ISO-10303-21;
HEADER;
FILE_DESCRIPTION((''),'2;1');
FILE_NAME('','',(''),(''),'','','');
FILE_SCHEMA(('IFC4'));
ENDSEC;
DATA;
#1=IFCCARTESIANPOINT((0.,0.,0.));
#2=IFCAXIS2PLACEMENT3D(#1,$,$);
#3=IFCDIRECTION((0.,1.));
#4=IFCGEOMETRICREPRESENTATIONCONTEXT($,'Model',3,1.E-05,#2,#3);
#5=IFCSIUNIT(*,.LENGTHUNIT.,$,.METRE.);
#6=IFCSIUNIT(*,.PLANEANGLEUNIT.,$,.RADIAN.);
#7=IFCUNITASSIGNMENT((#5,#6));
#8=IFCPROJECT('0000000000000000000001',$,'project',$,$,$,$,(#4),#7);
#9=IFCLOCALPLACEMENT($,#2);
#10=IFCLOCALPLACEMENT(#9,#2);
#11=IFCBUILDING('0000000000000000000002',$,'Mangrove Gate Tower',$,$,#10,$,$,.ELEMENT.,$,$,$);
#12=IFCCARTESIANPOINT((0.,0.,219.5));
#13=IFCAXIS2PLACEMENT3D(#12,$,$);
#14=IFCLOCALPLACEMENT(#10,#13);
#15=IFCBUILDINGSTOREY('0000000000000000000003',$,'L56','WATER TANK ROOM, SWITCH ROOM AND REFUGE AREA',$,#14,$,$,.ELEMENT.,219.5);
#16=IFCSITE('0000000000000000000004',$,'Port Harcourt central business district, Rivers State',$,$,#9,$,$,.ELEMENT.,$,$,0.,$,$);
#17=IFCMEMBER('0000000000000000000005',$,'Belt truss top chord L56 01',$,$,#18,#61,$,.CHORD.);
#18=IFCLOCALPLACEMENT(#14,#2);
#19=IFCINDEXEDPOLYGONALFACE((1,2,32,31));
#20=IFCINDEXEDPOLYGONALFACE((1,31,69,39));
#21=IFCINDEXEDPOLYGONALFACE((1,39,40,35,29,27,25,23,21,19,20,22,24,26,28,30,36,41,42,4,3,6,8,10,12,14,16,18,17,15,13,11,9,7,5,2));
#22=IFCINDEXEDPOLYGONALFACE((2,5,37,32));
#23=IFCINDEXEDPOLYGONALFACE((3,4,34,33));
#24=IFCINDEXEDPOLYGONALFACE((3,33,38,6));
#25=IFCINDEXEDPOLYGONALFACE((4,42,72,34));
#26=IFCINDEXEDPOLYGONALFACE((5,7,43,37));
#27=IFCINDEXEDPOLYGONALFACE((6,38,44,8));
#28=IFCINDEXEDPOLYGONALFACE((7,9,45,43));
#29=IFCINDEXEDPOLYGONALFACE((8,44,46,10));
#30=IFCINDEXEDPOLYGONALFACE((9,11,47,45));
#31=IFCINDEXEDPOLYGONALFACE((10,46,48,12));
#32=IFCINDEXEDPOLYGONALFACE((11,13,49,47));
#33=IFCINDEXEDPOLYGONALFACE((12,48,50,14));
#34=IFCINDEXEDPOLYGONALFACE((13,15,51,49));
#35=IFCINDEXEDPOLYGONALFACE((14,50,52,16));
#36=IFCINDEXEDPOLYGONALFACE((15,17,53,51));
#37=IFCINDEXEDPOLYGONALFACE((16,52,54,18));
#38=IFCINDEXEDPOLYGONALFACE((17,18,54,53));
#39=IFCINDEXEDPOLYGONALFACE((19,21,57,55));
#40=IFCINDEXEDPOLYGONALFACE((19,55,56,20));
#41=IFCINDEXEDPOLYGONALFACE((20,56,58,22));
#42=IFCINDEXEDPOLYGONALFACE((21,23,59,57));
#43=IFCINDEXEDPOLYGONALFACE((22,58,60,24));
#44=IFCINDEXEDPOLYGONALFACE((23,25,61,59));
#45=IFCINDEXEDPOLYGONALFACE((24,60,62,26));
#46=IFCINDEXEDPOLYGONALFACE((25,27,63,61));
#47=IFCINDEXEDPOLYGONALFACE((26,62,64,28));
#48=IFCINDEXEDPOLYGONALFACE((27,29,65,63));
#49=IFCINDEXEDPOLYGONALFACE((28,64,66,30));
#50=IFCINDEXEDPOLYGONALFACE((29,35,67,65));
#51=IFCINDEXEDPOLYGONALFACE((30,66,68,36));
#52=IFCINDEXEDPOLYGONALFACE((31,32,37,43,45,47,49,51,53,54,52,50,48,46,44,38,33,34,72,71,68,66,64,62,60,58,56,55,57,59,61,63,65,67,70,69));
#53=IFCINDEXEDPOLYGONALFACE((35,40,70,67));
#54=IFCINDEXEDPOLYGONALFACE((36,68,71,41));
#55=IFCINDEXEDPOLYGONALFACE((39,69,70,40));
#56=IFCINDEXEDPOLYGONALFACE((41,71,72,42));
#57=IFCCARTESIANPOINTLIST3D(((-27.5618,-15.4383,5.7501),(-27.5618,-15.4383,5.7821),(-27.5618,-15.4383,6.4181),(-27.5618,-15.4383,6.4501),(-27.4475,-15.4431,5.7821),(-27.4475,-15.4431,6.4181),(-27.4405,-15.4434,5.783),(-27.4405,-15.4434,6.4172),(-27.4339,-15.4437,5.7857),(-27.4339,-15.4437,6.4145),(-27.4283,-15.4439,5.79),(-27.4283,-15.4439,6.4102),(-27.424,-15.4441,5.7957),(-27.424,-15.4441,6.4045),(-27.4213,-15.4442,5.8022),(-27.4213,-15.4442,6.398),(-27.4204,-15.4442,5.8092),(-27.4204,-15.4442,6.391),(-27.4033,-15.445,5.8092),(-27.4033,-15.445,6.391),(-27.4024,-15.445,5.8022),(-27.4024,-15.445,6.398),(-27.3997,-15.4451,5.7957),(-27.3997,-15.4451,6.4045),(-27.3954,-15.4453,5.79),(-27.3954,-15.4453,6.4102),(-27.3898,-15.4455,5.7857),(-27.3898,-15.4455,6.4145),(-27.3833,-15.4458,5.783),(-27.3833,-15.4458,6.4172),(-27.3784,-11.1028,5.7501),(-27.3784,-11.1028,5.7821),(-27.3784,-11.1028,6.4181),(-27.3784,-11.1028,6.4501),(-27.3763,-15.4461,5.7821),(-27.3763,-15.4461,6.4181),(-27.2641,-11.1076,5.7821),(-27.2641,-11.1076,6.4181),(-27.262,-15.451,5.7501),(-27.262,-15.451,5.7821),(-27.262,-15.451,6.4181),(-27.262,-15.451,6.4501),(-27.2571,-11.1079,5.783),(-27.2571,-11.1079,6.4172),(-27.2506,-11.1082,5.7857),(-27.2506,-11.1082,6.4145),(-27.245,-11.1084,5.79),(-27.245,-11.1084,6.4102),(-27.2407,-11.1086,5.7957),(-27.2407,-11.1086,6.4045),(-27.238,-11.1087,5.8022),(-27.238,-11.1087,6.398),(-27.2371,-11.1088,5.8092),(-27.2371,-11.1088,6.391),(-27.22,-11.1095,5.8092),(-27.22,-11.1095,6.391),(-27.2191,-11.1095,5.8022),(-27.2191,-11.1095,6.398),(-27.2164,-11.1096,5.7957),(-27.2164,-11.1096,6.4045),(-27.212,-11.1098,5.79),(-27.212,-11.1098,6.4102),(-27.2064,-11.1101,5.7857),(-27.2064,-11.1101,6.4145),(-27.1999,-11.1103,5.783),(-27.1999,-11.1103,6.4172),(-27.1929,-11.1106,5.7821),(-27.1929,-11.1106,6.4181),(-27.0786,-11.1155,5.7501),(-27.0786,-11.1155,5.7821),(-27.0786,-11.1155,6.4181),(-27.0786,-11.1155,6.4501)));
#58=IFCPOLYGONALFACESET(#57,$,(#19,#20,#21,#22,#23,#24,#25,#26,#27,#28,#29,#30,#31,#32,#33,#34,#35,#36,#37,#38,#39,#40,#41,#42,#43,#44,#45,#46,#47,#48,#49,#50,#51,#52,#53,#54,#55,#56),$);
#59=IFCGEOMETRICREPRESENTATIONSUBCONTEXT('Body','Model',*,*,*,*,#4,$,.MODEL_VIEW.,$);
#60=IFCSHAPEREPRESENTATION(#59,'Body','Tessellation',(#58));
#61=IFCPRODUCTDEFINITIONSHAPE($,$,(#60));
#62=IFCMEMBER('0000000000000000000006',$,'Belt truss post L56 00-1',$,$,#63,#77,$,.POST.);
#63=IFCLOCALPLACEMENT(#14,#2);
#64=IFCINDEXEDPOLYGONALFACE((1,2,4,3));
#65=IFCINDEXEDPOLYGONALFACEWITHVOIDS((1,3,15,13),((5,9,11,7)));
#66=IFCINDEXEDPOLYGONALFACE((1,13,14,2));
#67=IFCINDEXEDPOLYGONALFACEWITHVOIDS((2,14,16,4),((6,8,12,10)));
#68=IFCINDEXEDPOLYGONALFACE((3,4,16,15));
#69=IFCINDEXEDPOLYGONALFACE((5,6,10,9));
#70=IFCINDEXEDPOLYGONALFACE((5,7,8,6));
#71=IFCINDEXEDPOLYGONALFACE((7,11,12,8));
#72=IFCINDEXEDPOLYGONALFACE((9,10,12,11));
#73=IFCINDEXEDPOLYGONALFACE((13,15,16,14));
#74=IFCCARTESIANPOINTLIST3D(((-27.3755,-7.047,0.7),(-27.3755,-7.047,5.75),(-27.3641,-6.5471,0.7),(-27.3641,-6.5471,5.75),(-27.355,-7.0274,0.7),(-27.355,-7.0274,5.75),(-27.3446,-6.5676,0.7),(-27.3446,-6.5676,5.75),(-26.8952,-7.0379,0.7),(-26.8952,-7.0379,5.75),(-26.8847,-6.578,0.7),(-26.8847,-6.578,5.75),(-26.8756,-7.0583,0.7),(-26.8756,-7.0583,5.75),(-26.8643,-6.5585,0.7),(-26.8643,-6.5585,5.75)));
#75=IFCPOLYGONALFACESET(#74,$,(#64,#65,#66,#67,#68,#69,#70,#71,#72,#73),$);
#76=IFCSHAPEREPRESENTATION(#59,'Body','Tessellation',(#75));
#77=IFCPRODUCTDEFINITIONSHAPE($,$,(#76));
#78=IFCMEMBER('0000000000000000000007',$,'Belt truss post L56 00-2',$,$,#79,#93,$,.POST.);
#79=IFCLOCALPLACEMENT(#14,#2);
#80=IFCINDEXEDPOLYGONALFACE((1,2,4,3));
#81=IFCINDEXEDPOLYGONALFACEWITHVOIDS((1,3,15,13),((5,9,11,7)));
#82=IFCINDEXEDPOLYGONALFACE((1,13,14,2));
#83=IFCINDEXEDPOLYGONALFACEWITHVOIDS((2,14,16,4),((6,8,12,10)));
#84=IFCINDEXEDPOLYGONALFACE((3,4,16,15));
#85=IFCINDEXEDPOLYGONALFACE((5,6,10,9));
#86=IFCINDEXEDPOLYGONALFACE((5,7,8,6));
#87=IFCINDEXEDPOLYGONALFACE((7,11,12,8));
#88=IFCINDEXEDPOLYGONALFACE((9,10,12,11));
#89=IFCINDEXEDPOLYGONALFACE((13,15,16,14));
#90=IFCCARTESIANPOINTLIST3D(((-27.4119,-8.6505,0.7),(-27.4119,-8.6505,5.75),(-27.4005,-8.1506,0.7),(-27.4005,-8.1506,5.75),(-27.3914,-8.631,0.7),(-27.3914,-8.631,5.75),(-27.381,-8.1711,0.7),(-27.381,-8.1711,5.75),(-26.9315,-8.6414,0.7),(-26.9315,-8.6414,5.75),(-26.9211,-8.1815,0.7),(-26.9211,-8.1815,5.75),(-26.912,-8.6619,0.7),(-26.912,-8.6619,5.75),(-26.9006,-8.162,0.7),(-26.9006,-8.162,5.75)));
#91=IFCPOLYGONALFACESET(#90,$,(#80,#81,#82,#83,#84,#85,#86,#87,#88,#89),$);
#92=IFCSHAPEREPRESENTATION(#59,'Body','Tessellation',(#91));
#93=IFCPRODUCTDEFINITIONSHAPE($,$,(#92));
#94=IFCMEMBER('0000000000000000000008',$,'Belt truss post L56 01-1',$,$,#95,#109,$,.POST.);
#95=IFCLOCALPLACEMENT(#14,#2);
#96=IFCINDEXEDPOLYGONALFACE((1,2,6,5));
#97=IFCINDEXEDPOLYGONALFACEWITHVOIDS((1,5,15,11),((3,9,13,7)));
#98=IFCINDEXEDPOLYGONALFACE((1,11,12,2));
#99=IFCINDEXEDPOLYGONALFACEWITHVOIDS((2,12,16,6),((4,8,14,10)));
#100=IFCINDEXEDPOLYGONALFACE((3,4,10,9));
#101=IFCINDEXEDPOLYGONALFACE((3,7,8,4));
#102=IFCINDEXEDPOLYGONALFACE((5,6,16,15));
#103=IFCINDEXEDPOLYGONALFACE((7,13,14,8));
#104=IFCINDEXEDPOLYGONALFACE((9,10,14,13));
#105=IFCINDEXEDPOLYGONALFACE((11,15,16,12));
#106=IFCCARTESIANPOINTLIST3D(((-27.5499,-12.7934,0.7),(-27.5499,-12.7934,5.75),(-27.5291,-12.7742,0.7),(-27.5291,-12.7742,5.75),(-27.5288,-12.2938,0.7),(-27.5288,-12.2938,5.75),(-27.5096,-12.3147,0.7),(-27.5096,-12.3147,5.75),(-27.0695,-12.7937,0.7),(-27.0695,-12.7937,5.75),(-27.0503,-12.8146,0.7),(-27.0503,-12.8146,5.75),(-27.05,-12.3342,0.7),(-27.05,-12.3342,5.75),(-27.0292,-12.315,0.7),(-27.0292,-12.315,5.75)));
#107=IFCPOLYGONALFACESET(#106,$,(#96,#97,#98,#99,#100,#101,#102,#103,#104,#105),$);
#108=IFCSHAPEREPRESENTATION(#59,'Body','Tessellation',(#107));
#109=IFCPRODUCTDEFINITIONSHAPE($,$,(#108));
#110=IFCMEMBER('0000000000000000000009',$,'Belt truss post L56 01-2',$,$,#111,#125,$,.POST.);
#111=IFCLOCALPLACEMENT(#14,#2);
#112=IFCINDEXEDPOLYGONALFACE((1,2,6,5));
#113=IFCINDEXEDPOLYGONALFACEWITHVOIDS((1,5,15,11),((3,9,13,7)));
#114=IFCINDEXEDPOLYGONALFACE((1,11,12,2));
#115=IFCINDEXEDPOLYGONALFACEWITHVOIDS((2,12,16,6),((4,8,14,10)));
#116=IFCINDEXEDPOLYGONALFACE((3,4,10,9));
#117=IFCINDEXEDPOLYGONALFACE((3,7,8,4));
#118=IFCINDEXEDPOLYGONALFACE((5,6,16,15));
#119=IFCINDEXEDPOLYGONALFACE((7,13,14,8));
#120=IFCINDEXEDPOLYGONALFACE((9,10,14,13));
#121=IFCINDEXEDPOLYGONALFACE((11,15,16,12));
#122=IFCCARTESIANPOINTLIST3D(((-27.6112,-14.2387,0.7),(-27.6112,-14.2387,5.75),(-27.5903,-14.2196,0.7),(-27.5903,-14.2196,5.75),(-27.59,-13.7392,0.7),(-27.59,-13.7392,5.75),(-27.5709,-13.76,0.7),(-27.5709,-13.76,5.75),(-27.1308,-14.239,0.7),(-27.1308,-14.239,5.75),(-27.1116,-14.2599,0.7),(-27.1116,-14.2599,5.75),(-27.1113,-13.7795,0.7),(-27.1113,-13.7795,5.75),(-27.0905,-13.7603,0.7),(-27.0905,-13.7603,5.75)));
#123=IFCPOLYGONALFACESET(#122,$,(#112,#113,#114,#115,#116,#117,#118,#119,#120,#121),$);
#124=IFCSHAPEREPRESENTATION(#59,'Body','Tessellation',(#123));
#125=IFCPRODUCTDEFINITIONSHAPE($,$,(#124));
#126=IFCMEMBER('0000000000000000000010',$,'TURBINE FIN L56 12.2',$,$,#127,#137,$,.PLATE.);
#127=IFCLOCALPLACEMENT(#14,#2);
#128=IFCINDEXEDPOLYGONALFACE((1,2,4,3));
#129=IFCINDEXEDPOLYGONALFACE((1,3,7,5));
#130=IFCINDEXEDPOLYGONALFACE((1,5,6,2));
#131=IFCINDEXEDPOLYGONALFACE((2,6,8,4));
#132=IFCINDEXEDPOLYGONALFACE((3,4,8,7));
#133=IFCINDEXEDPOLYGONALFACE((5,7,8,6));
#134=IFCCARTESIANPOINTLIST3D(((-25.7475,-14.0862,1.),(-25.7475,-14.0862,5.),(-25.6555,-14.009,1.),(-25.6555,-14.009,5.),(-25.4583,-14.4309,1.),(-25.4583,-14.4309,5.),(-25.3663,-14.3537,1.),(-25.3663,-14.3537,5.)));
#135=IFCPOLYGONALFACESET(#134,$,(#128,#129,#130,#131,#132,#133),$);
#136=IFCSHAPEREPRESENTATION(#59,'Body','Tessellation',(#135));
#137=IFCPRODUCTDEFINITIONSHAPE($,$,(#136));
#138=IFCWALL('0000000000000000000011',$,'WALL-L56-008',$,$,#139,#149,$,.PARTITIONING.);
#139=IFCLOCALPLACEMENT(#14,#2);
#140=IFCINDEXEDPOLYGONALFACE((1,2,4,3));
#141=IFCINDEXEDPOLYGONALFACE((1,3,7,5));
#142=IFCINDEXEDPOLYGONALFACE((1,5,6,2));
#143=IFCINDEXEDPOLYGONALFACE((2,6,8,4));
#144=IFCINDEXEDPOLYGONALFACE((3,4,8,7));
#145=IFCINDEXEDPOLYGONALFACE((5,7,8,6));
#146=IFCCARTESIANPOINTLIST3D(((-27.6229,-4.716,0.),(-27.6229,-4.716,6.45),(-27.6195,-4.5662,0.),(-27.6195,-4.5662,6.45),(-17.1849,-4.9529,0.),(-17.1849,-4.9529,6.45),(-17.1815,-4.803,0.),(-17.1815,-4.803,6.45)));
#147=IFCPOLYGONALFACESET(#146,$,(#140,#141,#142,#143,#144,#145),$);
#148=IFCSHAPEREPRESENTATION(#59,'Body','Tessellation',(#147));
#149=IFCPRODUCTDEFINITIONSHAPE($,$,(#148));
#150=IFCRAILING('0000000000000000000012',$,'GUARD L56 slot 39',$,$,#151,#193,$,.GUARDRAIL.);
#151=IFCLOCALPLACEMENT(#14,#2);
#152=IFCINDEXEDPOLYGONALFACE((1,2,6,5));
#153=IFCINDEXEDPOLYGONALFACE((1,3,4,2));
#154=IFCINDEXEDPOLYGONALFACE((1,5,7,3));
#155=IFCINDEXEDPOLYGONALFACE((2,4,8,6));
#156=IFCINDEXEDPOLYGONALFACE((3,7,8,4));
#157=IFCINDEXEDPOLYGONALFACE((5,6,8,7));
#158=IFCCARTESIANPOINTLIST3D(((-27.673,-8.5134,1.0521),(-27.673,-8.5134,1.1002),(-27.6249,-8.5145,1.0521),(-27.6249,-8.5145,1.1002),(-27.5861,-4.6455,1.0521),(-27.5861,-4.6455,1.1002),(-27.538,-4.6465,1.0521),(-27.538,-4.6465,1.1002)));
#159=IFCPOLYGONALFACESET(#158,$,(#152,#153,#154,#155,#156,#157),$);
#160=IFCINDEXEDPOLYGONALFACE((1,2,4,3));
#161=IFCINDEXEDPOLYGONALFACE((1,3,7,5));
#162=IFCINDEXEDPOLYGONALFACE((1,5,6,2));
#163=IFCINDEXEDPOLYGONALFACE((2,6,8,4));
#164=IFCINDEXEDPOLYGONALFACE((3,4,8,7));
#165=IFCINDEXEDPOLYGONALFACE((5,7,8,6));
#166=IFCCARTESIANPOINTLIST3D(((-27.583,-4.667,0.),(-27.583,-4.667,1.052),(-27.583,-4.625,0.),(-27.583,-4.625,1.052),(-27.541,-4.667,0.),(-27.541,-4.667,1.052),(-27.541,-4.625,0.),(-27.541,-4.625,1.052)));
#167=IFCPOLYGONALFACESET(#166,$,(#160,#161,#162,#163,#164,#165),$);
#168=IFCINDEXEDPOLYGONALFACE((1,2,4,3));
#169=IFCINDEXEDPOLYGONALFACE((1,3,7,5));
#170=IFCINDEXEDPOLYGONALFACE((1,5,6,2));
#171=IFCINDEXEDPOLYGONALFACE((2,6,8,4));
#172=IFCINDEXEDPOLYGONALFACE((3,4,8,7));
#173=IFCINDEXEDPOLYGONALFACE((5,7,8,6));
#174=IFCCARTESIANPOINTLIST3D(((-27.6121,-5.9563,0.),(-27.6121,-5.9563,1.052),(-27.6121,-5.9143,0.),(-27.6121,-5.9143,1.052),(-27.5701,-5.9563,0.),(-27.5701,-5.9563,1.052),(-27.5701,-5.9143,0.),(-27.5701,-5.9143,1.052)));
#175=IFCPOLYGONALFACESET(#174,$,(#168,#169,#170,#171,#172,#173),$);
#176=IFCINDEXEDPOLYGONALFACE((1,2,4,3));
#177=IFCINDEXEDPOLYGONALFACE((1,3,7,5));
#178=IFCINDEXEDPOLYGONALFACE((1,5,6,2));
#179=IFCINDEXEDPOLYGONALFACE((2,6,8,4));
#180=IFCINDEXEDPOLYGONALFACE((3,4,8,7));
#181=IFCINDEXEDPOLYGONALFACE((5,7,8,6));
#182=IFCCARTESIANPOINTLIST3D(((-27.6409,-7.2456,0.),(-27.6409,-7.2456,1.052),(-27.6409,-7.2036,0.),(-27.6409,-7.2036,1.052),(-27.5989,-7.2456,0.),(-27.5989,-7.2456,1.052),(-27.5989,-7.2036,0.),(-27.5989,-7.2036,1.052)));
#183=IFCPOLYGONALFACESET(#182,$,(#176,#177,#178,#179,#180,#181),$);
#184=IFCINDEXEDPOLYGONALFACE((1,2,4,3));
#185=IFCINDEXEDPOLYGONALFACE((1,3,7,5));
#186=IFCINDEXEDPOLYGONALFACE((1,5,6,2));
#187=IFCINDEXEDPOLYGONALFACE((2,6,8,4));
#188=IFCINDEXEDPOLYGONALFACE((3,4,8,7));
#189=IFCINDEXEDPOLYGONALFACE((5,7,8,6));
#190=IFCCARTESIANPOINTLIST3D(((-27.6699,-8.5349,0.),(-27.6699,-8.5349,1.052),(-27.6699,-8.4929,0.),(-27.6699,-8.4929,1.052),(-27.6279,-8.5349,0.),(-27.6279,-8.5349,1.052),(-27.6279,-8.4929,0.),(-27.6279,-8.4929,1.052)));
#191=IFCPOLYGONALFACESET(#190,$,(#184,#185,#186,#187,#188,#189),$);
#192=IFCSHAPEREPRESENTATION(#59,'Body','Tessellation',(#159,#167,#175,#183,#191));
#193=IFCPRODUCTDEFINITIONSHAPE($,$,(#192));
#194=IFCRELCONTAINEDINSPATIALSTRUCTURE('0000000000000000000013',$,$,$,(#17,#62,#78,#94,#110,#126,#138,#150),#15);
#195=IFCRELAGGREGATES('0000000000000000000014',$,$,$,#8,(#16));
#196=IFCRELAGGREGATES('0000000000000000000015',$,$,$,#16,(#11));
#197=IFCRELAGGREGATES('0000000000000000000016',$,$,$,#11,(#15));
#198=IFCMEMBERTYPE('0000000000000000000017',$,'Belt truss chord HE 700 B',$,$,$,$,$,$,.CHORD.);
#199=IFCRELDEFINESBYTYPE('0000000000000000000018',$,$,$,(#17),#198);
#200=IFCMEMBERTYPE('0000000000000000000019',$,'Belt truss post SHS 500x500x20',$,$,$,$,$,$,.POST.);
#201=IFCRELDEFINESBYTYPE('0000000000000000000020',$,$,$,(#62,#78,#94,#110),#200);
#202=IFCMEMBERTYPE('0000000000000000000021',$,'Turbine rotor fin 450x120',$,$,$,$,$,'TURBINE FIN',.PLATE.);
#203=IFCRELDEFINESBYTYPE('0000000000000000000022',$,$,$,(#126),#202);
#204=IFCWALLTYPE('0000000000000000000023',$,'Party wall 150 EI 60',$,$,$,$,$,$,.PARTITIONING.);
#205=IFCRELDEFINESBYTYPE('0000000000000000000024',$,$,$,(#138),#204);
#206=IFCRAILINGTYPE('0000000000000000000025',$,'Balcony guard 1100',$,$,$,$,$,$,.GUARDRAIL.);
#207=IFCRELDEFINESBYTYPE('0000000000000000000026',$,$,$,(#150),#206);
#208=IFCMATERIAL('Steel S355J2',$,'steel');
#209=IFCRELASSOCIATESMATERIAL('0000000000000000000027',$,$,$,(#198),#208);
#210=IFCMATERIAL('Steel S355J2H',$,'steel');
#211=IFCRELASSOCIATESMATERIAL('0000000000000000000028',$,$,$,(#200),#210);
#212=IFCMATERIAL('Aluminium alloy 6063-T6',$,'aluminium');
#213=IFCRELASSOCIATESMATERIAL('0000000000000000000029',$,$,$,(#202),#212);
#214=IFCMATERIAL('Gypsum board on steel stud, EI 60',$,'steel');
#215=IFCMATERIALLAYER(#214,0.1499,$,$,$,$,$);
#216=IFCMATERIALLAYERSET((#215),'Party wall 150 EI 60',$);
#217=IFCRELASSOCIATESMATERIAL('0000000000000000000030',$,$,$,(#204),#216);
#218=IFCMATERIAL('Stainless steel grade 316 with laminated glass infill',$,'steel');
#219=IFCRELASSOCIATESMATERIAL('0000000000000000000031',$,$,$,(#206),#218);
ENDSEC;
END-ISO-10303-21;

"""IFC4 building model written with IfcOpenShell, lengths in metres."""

from ifc_helpers import new_model, si_unit, direction, frame, frame_2d, origin, origin_2d, place, context, subcontext, project, spatial, rectangle, hollow_rectangle, i_section, extrude, material, layer, layer_set, material_profile, profile_set, type_object, element, save


model = new_model("IFC4")

# Units and contexts
model_context = context("Model", 3, precision=1e-05, world=origin(), true_north=direction((0.0, 1.0)))
body_context = subcontext(model_context, "Body", "Model", "MODEL_VIEW")
ifc_project = project(units=[si_unit("LENGTHUNIT", "METRE"), si_unit("PLANEANGLEUNIT", "RADIAN")], contexts=[model_context])

# Site, building, storey
site_placement = place(None, origin())
site = spatial("IfcSite", under=ifc_project, at=site_placement, Name="Port Harcourt central business district, Rivers State", CompositionType="ELEMENT", RefElevation=0.0)
building_placement = place(site_placement, origin())
building = spatial("IfcBuilding", under=site, at=building_placement, Name="Mangrove Gate Tower", CompositionType="ELEMENT")
storey_placement = place(building_placement, frame((0.0, 0.0, 219.5)))
storey = spatial("IfcBuildingStorey", under=building, at=storey_placement, Name="L56", Description="WATER TANK ROOM, SWITCH ROOM AND REFUGE AREA", CompositionType="ELEMENT", Elevation=219.5)

# Members
ifc_material_1 = material(Name="Steel S355J2", Category="steel")
ifc_material_profile_1 = material_profile(ifc_material_1, i_section(OverallWidth=0.3, OverallDepth=0.7, WebThickness=0.0171, FlangeThickness=0.032, FilletRadius=0.0271, at=origin_2d()))
ifc_profile_set_1 = profile_set([ifc_material_profile_1], Name="Steel S355J2")
member_type_1 = type_object("IfcMemberType", Name="Belt truss chord HE 700 B", PredefinedType="CHORD", material=ifc_profile_set_1)
for number, where, z_axis, x_axis, name in (
    (1, (-27.2285, -11.1091, 6.1001), (-0.042253, -0.999107, 0.0), (0.999107, -0.042253, 0.0), "Belt truss top chord L56 01"),
):
    element("IfcMember", number, at=place(storey_placement, frame(where, z_axis=z_axis, x_axis=x_axis)), inside=storey, type_object=member_type_1, Name=name, PredefinedType="CHORD", context=body_context, shape_type="SweptSolid", body=[
        extrude(i_section(OverallWidth=0.3, OverallDepth=0.7, WebThickness=0.0171, FlangeThickness=0.032, FilletRadius=0.0271, at=origin_2d()), origin(), (0.0, 0.0, 1.0), 4.3394),
    ])
ifc_material_2 = material(Name="Steel S355J2H", Category="steel")
ifc_material_profile_2 = material_profile(ifc_material_2, hollow_rectangle(XDim=0.5, YDim=0.5, WallThickness=0.02, at=origin_2d()))
ifc_profile_set_2 = profile_set([ifc_material_profile_2], Name="Steel S355J2H")
member_type_2 = type_object("IfcMemberType", Name="Belt truss post SHS 500x500x20", PredefinedType="POST", material=ifc_profile_set_2)
for number, where, z_axis, x_axis, name in (
    (2, (-27.1199, -6.8027, 0.7), (0.0, 0.0, 1.0), (-0.022668, -0.999743, 0.0), "Belt truss post L56 00-1"),
    (3, (-27.1562, -8.4062, 0.7), (0.0, 0.0, 1.0), (-0.022668, -0.999743, 0.0), "Belt truss post L56 00-2"),
    (4, (-27.2896, -12.5542, 0.7), (0.0, 0.0, 1.0), (-0.042301, -0.999105, 0.0), "Belt truss post L56 01-1"),
    (5, (-27.3508, -13.9995, 0.7), (0.0, 0.0, 1.0), (-0.042301, -0.999105, 0.0), "Belt truss post L56 01-2"),
):
    element("IfcMember", number, at=place(storey_placement, frame(where, z_axis=z_axis, x_axis=x_axis)), inside=storey, type_object=member_type_2, Name=name, PredefinedType="POST", context=body_context, shape_type="SweptSolid", body=[
        extrude(hollow_rectangle(XDim=0.5, YDim=0.5, WallThickness=0.02, at=origin_2d()), origin(), (0.0, 0.0, 1.0), 5.05),
    ])
ifc_material_3 = material(Name="Aluminium alloy 6063-T6", Category="aluminium")
ifc_material_profile_3 = material_profile(ifc_material_3, rectangle(XDim=0.45, YDim=0.1201, at=origin_2d()))
ifc_profile_set_3 = profile_set([ifc_material_profile_3], Name="Aluminium alloy 6063-T6")
member_type_3 = type_object("IfcMemberType", Name="Turbine rotor fin 450x120", ElementType="TURBINE FIN", PredefinedType="PLATE", material=ifc_profile_set_3)
member_placement = place(storey_placement, frame((-25.5569, -14.22, 1.0), z_axis=(0.0, 0.0, 1.0), x_axis=(0.642788, -0.766044, 0.0)))
element("IfcMember", 6, at=member_placement, inside=storey, type_object=member_type_3, Name="TURBINE FIN L56 12.2", PredefinedType="PLATE", context=body_context, shape_type="SweptSolid", body=[
    extrude(rectangle(XDim=0.45, YDim=0.1201, at=origin_2d()), origin(), (0.0, 0.0, 1.0), 4.0),
])

# Wall
ifc_material_4 = material(Name="Gypsum board on steel stud, EI 60", Category="steel")
ifc_layer_1 = layer(ifc_material_4, 0.1499)
ifc_layer_set_1 = layer_set([ifc_layer_1], Name="Party wall 150 EI 60")
wall_type = type_object("IfcWallType", Name="Party wall 150 EI 60", PredefinedType="PARTITIONING", material=ifc_layer_set_1)
wall_placement = place(storey_placement, frame((-27.6211, -4.6411, 0.0), z_axis=(0.0, 0.0, 1.0), x_axis=(0.999743, -0.022682, 0.0)))
element("IfcWall", 7, at=wall_placement, inside=storey, type_object=wall_type, Name="WALL-L56-008", PredefinedType="PARTITIONING", context=body_context, shape_type="SweptSolid", body=[
    extrude(rectangle(XDim=10.4407, YDim=0.1499, at=frame_2d((5.2202, 0.0))), origin(), (0.0, 0.0, 1.0), 6.45),
])

# Railing
ifc_material_5 = material(Name="Stainless steel grade 316 with laminated glass infill", Category="steel")
railing_type = type_object("IfcRailingType", Name="Balcony guard 1100", PredefinedType="GUARDRAIL", material=ifc_material_5)
railing_1_placement = place(storey_placement, frame((-27.562, -4.646, 0.0)))
element("IfcRailing", 8, at=railing_1_placement, inside=storey, type_object=railing_type, Name="GUARD L56 slot 39", PredefinedType="GUARDRAIL", context=body_context, shape_type="SweptSolid", body=[
    extrude(rectangle(XDim=0.0481, YDim=0.0481, at=origin_2d()), frame((0.0, 0.0, 1.0762), z_axis=(-0.022465, -0.999748, 0.0), x_axis=(0.999748, -0.022465, 0.0)), (0.0, 0.0, 1.0), 3.8689),
    extrude(rectangle(XDim=0.042, YDim=0.042, at=origin_2d()), origin(), (0.0, 0.0, 1.0), 1.052),
    extrude(rectangle(XDim=0.042, YDim=0.042, at=origin_2d()), frame((-0.0291, -1.2893, 0.0)), (0.0, 0.0, 1.0), 1.052),
    extrude(rectangle(XDim=0.042, YDim=0.042, at=origin_2d()), frame((-0.0579, -2.5786, 0.0)), (0.0, 0.0, 1.0), 1.052),
    extrude(rectangle(XDim=0.042, YDim=0.042, at=origin_2d()), frame((-0.0869, -3.8679, 0.0)), (0.0, 0.0, 1.0), 1.052),
])

save(model, "model.ifc")
